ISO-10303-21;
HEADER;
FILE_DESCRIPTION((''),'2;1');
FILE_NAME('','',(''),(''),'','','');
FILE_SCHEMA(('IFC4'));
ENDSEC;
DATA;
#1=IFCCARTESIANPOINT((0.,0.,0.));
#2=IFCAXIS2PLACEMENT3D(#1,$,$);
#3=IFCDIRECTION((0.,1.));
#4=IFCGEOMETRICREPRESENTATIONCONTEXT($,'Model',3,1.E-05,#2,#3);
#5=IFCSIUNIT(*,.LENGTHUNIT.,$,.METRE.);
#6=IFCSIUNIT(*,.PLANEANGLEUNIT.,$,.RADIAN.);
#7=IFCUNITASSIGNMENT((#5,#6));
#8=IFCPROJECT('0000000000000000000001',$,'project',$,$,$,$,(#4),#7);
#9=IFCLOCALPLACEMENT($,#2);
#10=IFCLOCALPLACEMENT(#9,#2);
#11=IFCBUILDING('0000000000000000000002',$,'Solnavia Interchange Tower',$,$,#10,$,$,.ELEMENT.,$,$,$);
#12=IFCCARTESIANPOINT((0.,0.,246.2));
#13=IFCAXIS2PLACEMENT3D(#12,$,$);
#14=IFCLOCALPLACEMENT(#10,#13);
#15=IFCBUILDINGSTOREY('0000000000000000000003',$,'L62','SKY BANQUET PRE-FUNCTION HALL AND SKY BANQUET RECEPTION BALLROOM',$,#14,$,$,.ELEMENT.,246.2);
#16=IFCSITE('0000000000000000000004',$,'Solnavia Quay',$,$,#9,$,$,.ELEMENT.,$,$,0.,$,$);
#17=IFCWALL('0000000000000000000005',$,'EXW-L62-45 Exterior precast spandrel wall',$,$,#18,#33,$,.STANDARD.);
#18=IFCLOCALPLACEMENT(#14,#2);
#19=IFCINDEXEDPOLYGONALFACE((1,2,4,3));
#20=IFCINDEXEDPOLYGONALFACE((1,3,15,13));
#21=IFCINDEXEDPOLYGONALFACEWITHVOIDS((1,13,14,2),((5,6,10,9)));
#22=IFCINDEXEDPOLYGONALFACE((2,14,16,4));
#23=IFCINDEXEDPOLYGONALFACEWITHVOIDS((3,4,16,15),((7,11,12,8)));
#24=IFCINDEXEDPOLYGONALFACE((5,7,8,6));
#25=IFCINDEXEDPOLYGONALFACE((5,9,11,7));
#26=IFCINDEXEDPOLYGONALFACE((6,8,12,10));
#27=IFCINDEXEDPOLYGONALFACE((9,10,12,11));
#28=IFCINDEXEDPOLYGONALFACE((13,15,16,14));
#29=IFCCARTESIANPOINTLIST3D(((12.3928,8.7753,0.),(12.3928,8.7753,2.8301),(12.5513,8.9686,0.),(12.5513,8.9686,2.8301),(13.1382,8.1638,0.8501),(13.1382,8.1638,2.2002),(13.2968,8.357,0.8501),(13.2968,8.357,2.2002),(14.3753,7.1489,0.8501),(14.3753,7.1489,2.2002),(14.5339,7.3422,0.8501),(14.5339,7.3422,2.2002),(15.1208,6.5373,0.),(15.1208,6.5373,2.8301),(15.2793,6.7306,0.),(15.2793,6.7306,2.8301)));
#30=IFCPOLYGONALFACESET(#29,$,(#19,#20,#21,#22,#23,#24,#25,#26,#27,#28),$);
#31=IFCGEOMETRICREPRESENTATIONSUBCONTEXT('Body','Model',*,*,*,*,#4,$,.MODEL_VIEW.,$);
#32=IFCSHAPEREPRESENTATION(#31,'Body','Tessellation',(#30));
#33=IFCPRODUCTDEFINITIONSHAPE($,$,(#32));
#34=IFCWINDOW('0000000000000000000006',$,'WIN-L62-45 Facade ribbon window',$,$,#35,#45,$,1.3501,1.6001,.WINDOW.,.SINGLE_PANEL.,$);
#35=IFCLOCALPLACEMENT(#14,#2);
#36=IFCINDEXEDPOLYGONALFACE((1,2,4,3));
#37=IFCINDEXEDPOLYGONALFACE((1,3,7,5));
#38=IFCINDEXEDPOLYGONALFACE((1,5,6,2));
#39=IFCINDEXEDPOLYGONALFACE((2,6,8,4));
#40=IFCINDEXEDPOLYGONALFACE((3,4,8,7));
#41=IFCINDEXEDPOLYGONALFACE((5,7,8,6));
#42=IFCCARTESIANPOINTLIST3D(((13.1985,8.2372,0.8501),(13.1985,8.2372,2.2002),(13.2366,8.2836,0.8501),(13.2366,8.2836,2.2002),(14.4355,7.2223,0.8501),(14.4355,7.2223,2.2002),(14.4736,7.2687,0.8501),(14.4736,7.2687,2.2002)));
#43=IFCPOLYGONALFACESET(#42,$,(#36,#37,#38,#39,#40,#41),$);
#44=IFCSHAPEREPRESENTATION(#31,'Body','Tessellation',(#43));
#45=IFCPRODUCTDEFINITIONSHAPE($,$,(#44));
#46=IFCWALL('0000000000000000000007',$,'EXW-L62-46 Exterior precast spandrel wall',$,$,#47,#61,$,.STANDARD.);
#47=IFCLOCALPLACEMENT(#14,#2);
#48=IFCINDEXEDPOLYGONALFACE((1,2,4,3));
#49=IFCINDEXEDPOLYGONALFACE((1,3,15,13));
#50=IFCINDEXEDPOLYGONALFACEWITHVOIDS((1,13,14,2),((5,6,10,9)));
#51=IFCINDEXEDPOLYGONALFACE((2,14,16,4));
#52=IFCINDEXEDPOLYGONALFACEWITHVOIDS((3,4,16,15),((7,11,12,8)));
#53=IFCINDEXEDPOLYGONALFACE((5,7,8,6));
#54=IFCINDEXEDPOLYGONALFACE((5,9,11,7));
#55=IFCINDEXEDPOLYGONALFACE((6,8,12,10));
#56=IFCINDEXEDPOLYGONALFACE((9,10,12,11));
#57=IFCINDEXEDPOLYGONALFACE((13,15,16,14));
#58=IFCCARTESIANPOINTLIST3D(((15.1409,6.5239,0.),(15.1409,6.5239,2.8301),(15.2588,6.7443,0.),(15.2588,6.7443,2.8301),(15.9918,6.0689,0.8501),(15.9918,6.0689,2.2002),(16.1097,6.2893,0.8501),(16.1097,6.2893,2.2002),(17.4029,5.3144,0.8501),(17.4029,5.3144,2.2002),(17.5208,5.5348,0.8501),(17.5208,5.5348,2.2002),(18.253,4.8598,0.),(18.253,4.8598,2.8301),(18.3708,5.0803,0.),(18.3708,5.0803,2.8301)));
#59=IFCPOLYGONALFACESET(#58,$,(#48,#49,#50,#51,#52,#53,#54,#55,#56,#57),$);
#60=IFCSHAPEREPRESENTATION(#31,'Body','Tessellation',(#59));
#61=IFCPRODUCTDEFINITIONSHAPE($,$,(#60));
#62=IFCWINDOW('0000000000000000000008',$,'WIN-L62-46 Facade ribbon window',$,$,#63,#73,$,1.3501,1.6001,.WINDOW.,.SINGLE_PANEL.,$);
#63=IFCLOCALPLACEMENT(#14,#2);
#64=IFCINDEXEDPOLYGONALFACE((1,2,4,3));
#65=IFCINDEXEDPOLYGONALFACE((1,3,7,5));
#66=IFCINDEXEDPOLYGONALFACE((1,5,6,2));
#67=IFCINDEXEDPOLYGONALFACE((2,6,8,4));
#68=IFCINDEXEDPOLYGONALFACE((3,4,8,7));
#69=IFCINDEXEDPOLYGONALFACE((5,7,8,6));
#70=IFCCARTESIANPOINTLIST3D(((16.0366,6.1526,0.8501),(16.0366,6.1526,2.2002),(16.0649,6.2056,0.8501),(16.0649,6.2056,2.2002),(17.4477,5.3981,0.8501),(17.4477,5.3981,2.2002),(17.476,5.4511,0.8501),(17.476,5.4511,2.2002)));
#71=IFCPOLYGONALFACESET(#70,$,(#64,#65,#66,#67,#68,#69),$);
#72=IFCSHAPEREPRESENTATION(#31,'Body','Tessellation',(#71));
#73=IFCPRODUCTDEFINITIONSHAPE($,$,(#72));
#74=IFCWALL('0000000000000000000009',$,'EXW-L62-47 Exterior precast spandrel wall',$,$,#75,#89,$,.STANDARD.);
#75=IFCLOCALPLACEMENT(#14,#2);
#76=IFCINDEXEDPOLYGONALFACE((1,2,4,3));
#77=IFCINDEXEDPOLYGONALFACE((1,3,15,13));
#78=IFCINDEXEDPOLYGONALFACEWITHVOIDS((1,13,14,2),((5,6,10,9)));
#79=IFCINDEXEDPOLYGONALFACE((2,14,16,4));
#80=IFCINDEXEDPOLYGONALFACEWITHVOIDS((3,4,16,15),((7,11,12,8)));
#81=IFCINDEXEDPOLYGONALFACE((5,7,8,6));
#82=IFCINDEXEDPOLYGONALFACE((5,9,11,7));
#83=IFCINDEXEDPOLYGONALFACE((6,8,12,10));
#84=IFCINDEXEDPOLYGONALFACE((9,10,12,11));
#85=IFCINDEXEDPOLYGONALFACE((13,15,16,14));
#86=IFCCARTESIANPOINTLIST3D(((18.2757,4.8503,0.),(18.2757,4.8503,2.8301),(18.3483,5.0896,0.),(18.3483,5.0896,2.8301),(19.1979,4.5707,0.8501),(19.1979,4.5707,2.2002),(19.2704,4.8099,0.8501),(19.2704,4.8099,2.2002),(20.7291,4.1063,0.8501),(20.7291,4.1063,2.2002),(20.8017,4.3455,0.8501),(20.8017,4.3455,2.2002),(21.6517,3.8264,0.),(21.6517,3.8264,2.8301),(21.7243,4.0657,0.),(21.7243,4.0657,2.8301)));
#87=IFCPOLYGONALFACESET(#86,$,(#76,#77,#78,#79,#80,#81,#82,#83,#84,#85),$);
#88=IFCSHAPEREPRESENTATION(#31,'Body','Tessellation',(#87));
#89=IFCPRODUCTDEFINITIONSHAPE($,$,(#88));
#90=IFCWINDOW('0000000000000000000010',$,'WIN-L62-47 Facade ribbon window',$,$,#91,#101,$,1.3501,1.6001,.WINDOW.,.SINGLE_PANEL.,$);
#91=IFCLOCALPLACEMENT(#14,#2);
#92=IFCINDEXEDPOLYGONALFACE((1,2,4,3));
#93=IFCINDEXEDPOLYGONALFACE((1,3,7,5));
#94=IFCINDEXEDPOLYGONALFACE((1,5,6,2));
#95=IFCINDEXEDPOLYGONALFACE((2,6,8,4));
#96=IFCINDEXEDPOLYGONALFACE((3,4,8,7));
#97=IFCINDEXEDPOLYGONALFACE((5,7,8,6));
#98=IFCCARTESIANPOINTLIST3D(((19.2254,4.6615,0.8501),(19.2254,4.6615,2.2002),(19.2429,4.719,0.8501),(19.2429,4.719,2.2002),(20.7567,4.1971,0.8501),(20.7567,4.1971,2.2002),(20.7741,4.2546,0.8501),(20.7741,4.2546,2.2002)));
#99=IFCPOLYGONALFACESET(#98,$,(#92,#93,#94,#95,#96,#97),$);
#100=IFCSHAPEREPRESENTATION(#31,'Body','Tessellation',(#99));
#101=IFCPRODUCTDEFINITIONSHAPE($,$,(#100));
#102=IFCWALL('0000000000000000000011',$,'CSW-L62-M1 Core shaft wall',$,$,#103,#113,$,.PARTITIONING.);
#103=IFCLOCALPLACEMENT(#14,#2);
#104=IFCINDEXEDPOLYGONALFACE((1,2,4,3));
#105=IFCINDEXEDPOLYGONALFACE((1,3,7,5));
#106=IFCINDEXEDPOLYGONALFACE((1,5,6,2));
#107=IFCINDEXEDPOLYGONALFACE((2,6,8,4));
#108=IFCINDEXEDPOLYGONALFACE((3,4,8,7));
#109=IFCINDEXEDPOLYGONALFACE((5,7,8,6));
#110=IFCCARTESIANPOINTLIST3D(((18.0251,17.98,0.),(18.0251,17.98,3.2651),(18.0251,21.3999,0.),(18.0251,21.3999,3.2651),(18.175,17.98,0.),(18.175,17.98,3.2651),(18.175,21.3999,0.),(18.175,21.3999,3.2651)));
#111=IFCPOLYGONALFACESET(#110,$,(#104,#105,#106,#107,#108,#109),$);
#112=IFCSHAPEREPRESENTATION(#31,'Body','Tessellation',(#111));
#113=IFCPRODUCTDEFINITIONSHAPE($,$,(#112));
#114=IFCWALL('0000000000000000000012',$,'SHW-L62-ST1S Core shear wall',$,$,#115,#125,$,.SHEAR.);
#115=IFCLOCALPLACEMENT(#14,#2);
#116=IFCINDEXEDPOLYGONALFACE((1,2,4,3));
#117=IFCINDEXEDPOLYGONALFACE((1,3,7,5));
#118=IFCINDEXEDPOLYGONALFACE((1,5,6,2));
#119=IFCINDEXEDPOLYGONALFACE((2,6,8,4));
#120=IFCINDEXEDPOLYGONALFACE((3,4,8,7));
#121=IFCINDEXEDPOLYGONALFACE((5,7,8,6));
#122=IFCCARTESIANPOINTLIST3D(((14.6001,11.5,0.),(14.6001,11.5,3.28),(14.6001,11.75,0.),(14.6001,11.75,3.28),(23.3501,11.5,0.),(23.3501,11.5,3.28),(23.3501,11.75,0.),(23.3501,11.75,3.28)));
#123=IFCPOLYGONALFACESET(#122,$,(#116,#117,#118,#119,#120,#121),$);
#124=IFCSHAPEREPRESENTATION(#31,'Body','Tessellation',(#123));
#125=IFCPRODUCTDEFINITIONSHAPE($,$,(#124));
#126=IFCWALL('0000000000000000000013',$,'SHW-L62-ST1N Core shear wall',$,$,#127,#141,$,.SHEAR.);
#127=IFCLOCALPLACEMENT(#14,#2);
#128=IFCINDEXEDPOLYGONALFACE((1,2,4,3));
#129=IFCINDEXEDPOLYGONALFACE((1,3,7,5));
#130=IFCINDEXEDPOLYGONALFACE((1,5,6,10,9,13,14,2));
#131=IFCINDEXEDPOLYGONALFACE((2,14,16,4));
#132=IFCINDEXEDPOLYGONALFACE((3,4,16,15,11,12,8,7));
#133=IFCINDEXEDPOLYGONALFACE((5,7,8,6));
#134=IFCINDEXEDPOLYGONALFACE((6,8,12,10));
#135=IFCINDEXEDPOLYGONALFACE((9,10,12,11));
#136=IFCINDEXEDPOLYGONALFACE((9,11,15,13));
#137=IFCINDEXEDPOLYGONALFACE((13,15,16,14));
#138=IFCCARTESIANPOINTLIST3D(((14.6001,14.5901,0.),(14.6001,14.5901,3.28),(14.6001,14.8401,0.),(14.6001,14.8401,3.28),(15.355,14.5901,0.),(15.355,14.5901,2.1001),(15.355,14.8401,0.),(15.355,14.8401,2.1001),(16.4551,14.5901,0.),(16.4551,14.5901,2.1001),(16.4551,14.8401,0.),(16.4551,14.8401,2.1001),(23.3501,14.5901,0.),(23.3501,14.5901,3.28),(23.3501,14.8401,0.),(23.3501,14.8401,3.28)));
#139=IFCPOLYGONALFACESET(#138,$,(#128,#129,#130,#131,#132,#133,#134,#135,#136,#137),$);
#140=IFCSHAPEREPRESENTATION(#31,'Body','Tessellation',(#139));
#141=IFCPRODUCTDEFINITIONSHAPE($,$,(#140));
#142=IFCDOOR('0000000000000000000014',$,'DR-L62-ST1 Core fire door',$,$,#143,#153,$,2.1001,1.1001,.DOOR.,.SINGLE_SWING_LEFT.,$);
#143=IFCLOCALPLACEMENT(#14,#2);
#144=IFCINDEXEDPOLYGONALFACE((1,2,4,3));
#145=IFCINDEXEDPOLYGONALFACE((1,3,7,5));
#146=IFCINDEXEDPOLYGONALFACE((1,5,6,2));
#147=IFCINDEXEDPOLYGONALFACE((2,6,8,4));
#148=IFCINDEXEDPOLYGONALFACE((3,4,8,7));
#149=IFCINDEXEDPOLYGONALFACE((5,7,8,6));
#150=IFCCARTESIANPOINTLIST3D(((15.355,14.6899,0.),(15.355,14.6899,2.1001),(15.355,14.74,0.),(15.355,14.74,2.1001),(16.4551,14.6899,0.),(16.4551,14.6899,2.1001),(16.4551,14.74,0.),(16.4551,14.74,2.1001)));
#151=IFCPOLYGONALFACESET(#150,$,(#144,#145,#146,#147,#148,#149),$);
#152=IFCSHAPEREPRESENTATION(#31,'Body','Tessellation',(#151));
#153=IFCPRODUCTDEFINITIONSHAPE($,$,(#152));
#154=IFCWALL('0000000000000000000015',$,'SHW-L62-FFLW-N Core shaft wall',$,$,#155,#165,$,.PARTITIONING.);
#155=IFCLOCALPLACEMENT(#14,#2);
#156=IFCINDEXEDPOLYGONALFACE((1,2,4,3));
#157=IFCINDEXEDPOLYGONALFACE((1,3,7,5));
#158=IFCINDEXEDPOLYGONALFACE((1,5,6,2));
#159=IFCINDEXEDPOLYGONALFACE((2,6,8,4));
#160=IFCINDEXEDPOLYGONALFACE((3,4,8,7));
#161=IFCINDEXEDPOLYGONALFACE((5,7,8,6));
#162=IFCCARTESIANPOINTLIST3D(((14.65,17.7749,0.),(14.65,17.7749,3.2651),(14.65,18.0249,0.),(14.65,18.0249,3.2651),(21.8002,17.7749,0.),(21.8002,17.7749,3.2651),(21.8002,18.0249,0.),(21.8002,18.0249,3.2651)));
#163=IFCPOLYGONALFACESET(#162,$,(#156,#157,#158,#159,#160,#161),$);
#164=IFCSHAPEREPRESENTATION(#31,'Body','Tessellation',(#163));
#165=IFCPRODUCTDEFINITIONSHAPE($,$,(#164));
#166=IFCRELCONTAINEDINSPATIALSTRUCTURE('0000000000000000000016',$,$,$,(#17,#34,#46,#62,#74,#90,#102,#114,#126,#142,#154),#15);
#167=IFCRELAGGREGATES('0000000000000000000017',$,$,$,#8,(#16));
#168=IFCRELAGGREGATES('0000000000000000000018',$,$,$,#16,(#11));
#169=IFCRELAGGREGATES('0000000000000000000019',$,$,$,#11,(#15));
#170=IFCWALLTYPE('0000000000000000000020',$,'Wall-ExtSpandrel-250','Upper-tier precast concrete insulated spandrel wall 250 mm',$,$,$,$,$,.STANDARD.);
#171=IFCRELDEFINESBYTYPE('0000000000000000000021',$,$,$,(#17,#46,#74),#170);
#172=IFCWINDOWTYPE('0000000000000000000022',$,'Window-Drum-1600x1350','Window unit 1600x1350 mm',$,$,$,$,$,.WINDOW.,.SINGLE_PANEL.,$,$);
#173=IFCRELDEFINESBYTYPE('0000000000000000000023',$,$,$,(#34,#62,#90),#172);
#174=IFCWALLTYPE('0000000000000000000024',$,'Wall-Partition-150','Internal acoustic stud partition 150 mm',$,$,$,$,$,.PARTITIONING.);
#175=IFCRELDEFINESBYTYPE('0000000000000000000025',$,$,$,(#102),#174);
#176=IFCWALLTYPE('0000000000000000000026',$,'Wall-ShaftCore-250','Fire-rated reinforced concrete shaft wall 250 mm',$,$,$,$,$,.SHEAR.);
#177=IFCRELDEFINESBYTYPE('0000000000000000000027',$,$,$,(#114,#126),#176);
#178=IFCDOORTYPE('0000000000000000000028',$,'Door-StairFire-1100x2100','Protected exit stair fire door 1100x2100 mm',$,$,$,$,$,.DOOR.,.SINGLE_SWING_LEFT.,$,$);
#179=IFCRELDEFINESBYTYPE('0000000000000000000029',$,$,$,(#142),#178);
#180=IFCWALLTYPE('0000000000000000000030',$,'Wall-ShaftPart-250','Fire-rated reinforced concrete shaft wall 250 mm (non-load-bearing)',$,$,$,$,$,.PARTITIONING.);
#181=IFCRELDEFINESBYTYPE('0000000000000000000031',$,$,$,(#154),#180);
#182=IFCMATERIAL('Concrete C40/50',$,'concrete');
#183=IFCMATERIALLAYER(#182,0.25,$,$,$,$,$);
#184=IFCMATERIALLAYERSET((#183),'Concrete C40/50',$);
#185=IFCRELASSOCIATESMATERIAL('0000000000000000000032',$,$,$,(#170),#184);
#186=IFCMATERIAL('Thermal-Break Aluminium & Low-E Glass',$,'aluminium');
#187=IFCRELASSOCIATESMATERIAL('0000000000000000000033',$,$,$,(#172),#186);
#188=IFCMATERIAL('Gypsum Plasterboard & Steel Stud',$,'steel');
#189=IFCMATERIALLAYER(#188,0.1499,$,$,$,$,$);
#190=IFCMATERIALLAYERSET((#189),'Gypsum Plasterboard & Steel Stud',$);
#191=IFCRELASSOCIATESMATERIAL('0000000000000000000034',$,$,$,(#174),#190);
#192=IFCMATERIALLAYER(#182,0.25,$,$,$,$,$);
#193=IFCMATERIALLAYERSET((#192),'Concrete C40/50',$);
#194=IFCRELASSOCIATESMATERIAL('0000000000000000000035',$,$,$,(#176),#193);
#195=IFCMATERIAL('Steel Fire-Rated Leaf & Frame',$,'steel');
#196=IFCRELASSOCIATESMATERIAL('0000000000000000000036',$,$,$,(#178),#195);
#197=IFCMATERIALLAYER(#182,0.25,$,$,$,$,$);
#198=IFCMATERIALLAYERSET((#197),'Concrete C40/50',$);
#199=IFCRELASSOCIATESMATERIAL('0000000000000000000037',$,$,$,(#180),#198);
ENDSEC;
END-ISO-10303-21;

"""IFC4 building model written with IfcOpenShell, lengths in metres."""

from ifc_helpers import new_model, si_unit, direction, frame, frame_2d, origin, place, context, subcontext, project, spatial, rectangle, extrude, material, layer, layer_set, type_object, element, fill, save


model = new_model("IFC4")

# Units and contexts
model_context = context("Model", 3, precision=1e-05, world=origin(), true_north=direction((0.0, 1.0)))
body_context = subcontext(model_context, "Body", "Model", "MODEL_VIEW")
ifc_project = project(units=[si_unit("LENGTHUNIT", "METRE"), si_unit("PLANEANGLEUNIT", "RADIAN")], contexts=[model_context])

# Site, building, storey
site_placement = place(None, origin())
site = spatial("IfcSite", under=ifc_project, at=site_placement, Name="Solnavia Quay", CompositionType="ELEMENT", RefElevation=0.0)
building_placement = place(site_placement, origin())
building = spatial("IfcBuilding", under=site, at=building_placement, Name="Solnavia Interchange Tower", CompositionType="ELEMENT")
storey_placement = place(building_placement, frame((0.0, 0.0, 246.2)))
storey = spatial("IfcBuildingStorey", under=building, at=storey_placement, Name="L62", Description="SKY BANQUET PRE-FUNCTION HALL AND SKY BANQUET RECEPTION BALLROOM", CompositionType="ELEMENT", Elevation=246.2)

# Walls, openings, windows
ifc_material_1 = material(Name="Concrete C40/50", Category="concrete")
ifc_layer_1 = layer(ifc_material_1, 0.25)
ifc_layer_set_1 = layer_set([ifc_layer_1], Name="Concrete C40/50")
wall_type_1 = type_object("IfcWallType", Name="Wall-ExtSpandrel-250", Description="Upper-tier precast concrete insulated spandrel wall 250 mm", PredefinedType="STANDARD", material=ifc_layer_set_1)
wall_1_placement = place(storey_placement, frame((15.2, 6.634, 0.0), z_axis=(0.0, 0.0, 1.0), x_axis=(-0.773121, 0.634258, 0.0)))
wall_1 = element("IfcWall", 1, at=wall_1_placement, inside=storey, type_object=wall_type_1, Name="EXW-L62-45 Exterior precast spandrel wall", PredefinedType="STANDARD", context=body_context, shape_type="SweptSolid", body=[
    extrude(rectangle(XDim=3.5286, YDim=0.25, at=frame_2d((1.7642, 0.0))), origin(), (0.0, 0.0, 1.0), 2.8301),
])
opening_1_placement = place(wall_1_placement, frame((0.9641, 0.0, 0.8501)))
opening_1 = element("IfcOpeningElement", 2, at=opening_1_placement, cuts=wall_1, PredefinedType="OPENING", context=body_context, shape_type="SweptSolid", body=[
    extrude(rectangle(XDim=1.6001, YDim=1.3501, at=frame_2d((0.8, 0.675))), frame((0.0, 0.135, 0.0), z_axis=(0.0, -1.0, 0.0), x_axis=(1.0, 0.0, 0.0)), (0.0, 0.0, 1.0), 0.27),
])
ifc_material_2 = material(Name="Thermal-Break Aluminium & Low-E Glass", Category="aluminium")
window_type = type_object("IfcWindowType", Name="Window-Drum-1600x1350", Description="Window unit 1600x1350 mm", PartitioningType="SINGLE_PANEL", PredefinedType="WINDOW", material=ifc_material_2)
window_1_placement = place(opening_1_placement, origin())
window_1 = element("IfcWindow", 3, at=window_1_placement, inside=storey, type_object=window_type, Name="WIN-L62-45 Facade ribbon window", OverallHeight=1.3501, OverallWidth=1.6001, PartitioningType="SINGLE_PANEL", PredefinedType="WINDOW", context=body_context, shape_type="SweptSolid", body=[
    extrude(rectangle(XDim=1.6001, YDim=1.3501, at=frame_2d((0.8, 0.675))), frame((0.0, 0.03, 0.0), z_axis=(0.0, -1.0, 0.0), x_axis=(1.0, 0.0, 0.0)), (0.0, 0.0, 1.0), 0.0601),
])
fill(opening_1, window_1)
wall_2_placement = place(storey_placement, frame((18.312, 4.97, 0.0), z_axis=(0.0, 0.0, 1.0), x_axis=(-0.881847, 0.471536, 0.0)))
wall_2 = element("IfcWall", 4, at=wall_2_placement, inside=storey, type_object=wall_type_1, Name="EXW-L62-46 Exterior precast spandrel wall", PredefinedType="STANDARD", context=body_context, shape_type="SweptSolid", body=[
    extrude(rectangle(XDim=3.5291, YDim=0.25, at=frame_2d((1.7646, 0.0))), origin(), (0.0, 0.0, 1.0), 2.8301),
])
opening_2_placement = place(wall_2_placement, frame((0.9641, 0.0, 0.8501)))
opening_2 = element("IfcOpeningElement", 5, at=opening_2_placement, cuts=wall_2, PredefinedType="OPENING", context=body_context, shape_type="SweptSolid", body=[
    extrude(rectangle(XDim=1.6001, YDim=1.3501, at=frame_2d((0.8, 0.675))), frame((0.0, 0.135, 0.0), z_axis=(0.0, -1.0, 0.0), x_axis=(1.0, 0.0, 0.0)), (0.0, 0.0, 1.0), 0.27),
])
window_2_placement = place(opening_2_placement, origin())
window_2 = element("IfcWindow", 6, at=window_2_placement, inside=storey, type_object=window_type, Name="WIN-L62-46 Facade ribbon window", OverallHeight=1.3501, OverallWidth=1.6001, PartitioningType="SINGLE_PANEL", PredefinedType="WINDOW", context=body_context, shape_type="SweptSolid", body=[
    extrude(rectangle(XDim=1.6001, YDim=1.3501, at=frame_2d((0.8, 0.675))), frame((0.0, 0.03, 0.0), z_axis=(0.0, -1.0, 0.0), x_axis=(1.0, 0.0, 0.0)), (0.0, 0.0, 1.0), 0.0601),
])
fill(opening_2, window_2)
wall_3_placement = place(storey_placement, frame((21.688, 3.946, 0.0), z_axis=(0.0, 0.0, 1.0), x_axis=(-0.956953, 0.290242, 0.0)))
wall_3 = element("IfcWall", 7, at=wall_3_placement, inside=storey, type_object=wall_type_1, Name="EXW-L62-47 Exterior precast spandrel wall", PredefinedType="STANDARD", context=body_context, shape_type="SweptSolid", body=[
    extrude(rectangle(XDim=3.5278, YDim=0.25, at=frame_2d((1.7639, 0.0))), origin(), (0.0, 0.0, 1.0), 2.8301),
])
opening_3_placement = place(wall_3_placement, frame((0.9641, 0.0, 0.8501)))
opening_3 = element("IfcOpeningElement", 8, at=opening_3_placement, cuts=wall_3, PredefinedType="OPENING", context=body_context, shape_type="SweptSolid", body=[
    extrude(rectangle(XDim=1.6001, YDim=1.3501, at=frame_2d((0.8, 0.675))), frame((0.0, 0.135, 0.0), z_axis=(0.0, -1.0, 0.0), x_axis=(1.0, 0.0, 0.0)), (0.0, 0.0, 1.0), 0.27),
])
window_3_placement = place(opening_3_placement, origin())
window_3 = element("IfcWindow", 9, at=window_3_placement, inside=storey, type_object=window_type, Name="WIN-L62-47 Facade ribbon window", OverallHeight=1.3501, OverallWidth=1.6001, PartitioningType="SINGLE_PANEL", PredefinedType="WINDOW", context=body_context, shape_type="SweptSolid", body=[
    extrude(rectangle(XDim=1.6001, YDim=1.3501, at=frame_2d((0.8, 0.675))), frame((0.0, 0.03, 0.0), z_axis=(0.0, -1.0, 0.0), x_axis=(1.0, 0.0, 0.0)), (0.0, 0.0, 1.0), 0.0601),
])
fill(opening_3, window_3)

# Walls
ifc_material_3 = material(Name="Gypsum Plasterboard & Steel Stud", Category="steel")
ifc_layer_2 = layer(ifc_material_3, 0.1499)
ifc_layer_set_2 = layer_set([ifc_layer_2], Name="Gypsum Plasterboard & Steel Stud")
wall_type_2 = type_object("IfcWallType", Name="Wall-Partition-150", Description="Internal acoustic stud partition 150 mm", PredefinedType="PARTITIONING", material=ifc_layer_set_2)
wall_4_placement = place(storey_placement, frame((18.1001, 17.98, 0.0), z_axis=(0.0, 0.0, 1.0), x_axis=(0.0, 1.0, 0.0)))
element("IfcWall", 10, at=wall_4_placement, inside=storey, type_object=wall_type_2, Name="CSW-L62-M1 Core shaft wall", PredefinedType="PARTITIONING", context=body_context, shape_type="SweptSolid", body=[
    extrude(rectangle(XDim=3.4199, YDim=0.1499, at=frame_2d((1.71, 0.0))), origin(), (0.0, 0.0, 1.0), 3.2651),
])
ifc_layer_3 = layer(ifc_material_1, 0.25)
ifc_layer_set_3 = layer_set([ifc_layer_3], Name="Concrete C40/50")
wall_type_3 = type_object("IfcWallType", Name="Wall-ShaftCore-250", Description="Fire-rated reinforced concrete shaft wall 250 mm", PredefinedType="SHEAR", material=ifc_layer_set_3)
wall_5_placement = place(storey_placement, frame((14.6001, 11.625, 0.0), z_axis=(0.0, 0.0, 1.0), x_axis=(1.0, 0.0, 0.0)))
element("IfcWall", 11, at=wall_5_placement, inside=storey, type_object=wall_type_3, Name="SHW-L62-ST1S Core shear wall", PredefinedType="SHEAR", context=body_context, shape_type="SweptSolid", body=[
    extrude(rectangle(XDim=8.75, YDim=0.25, at=frame_2d((4.375, 0.0))), origin(), (0.0, 0.0, 1.0), 3.28),
])

# Wall, opening, door
wall_6_placement = place(storey_placement, frame((14.6001, 14.7151, 0.0), z_axis=(0.0, 0.0, 1.0), x_axis=(1.0, 0.0, 0.0)))
wall_6 = element("IfcWall", 12, at=wall_6_placement, inside=storey, type_object=wall_type_3, Name="SHW-L62-ST1N Core shear wall", PredefinedType="SHEAR", context=body_context, shape_type="SweptSolid", body=[
    extrude(rectangle(XDim=8.75, YDim=0.25, at=frame_2d((4.375, 0.0))), origin(), (0.0, 0.0, 1.0), 3.28),
])
opening_4_placement = place(wall_6_placement, frame((0.7549, 0.0, 0.0)))
opening_4 = element("IfcOpeningElement", 13, at=opening_4_placement, cuts=wall_6, PredefinedType="OPENING", context=body_context, shape_type="SweptSolid", body=[
    extrude(rectangle(XDim=1.1001, YDim=2.1001, at=frame_2d((0.55, 1.05))), frame((0.0, 0.135, 0.0), z_axis=(0.0, -1.0, 0.0), x_axis=(1.0, 0.0, 0.0)), (0.0, 0.0, 1.0), 0.27),
])
ifc_material_4 = material(Name="Steel Fire-Rated Leaf & Frame", Category="steel")
door_type_1 = type_object("IfcDoorType", Name="Door-StairFire-1100x2100", Description="Protected exit stair fire door 1100x2100 mm", OperationType="SINGLE_SWING_LEFT", PredefinedType="DOOR", material=ifc_material_4)
door_1_placement = place(opening_4_placement, origin())
door_1 = element("IfcDoor", 14, at=door_1_placement, inside=storey, type_object=door_type_1, Name="DR-L62-ST1 Core fire door", OperationType="SINGLE_SWING_LEFT", OverallHeight=2.1001, OverallWidth=1.1001, PredefinedType="DOOR", context=body_context, shape_type="SweptSolid", body=[
    extrude(rectangle(XDim=1.1001, YDim=2.1001, at=frame_2d((0.55, 1.05))), frame((0.0, 0.0249, 0.0), z_axis=(0.0, -1.0, 0.0), x_axis=(1.0, 0.0, 0.0)), (0.0, 0.0, 1.0), 0.05),
])
fill(opening_4, door_1)

# Wall
ifc_layer_4 = layer(ifc_material_1, 0.25)
ifc_layer_set_4 = layer_set([ifc_layer_4], Name="Concrete C40/50")
wall_type_4 = type_object("IfcWallType", Name="Wall-ShaftPart-250", Description="Fire-rated reinforced concrete shaft wall 250 mm (non-load-bearing)", PredefinedType="PARTITIONING", material=ifc_layer_set_4)
wall_7_placement = place(storey_placement, frame((14.6499, 17.8999, 0.0), z_axis=(0.0, 0.0, 1.0), x_axis=(1.0, 0.0, 0.0)))
element("IfcWall", 15, at=wall_7_placement, inside=storey, type_object=wall_type_4, Name="SHW-L62-FFLW-N Core shaft wall", PredefinedType="PARTITIONING", context=body_context, shape_type="SweptSolid", body=[
    extrude(rectangle(XDim=7.1501, YDim=0.25, at=frame_2d((3.5752, 0.0))), origin(), (0.0, 0.0, 1.0), 3.2651),
])

save(model, "model.ifc")
